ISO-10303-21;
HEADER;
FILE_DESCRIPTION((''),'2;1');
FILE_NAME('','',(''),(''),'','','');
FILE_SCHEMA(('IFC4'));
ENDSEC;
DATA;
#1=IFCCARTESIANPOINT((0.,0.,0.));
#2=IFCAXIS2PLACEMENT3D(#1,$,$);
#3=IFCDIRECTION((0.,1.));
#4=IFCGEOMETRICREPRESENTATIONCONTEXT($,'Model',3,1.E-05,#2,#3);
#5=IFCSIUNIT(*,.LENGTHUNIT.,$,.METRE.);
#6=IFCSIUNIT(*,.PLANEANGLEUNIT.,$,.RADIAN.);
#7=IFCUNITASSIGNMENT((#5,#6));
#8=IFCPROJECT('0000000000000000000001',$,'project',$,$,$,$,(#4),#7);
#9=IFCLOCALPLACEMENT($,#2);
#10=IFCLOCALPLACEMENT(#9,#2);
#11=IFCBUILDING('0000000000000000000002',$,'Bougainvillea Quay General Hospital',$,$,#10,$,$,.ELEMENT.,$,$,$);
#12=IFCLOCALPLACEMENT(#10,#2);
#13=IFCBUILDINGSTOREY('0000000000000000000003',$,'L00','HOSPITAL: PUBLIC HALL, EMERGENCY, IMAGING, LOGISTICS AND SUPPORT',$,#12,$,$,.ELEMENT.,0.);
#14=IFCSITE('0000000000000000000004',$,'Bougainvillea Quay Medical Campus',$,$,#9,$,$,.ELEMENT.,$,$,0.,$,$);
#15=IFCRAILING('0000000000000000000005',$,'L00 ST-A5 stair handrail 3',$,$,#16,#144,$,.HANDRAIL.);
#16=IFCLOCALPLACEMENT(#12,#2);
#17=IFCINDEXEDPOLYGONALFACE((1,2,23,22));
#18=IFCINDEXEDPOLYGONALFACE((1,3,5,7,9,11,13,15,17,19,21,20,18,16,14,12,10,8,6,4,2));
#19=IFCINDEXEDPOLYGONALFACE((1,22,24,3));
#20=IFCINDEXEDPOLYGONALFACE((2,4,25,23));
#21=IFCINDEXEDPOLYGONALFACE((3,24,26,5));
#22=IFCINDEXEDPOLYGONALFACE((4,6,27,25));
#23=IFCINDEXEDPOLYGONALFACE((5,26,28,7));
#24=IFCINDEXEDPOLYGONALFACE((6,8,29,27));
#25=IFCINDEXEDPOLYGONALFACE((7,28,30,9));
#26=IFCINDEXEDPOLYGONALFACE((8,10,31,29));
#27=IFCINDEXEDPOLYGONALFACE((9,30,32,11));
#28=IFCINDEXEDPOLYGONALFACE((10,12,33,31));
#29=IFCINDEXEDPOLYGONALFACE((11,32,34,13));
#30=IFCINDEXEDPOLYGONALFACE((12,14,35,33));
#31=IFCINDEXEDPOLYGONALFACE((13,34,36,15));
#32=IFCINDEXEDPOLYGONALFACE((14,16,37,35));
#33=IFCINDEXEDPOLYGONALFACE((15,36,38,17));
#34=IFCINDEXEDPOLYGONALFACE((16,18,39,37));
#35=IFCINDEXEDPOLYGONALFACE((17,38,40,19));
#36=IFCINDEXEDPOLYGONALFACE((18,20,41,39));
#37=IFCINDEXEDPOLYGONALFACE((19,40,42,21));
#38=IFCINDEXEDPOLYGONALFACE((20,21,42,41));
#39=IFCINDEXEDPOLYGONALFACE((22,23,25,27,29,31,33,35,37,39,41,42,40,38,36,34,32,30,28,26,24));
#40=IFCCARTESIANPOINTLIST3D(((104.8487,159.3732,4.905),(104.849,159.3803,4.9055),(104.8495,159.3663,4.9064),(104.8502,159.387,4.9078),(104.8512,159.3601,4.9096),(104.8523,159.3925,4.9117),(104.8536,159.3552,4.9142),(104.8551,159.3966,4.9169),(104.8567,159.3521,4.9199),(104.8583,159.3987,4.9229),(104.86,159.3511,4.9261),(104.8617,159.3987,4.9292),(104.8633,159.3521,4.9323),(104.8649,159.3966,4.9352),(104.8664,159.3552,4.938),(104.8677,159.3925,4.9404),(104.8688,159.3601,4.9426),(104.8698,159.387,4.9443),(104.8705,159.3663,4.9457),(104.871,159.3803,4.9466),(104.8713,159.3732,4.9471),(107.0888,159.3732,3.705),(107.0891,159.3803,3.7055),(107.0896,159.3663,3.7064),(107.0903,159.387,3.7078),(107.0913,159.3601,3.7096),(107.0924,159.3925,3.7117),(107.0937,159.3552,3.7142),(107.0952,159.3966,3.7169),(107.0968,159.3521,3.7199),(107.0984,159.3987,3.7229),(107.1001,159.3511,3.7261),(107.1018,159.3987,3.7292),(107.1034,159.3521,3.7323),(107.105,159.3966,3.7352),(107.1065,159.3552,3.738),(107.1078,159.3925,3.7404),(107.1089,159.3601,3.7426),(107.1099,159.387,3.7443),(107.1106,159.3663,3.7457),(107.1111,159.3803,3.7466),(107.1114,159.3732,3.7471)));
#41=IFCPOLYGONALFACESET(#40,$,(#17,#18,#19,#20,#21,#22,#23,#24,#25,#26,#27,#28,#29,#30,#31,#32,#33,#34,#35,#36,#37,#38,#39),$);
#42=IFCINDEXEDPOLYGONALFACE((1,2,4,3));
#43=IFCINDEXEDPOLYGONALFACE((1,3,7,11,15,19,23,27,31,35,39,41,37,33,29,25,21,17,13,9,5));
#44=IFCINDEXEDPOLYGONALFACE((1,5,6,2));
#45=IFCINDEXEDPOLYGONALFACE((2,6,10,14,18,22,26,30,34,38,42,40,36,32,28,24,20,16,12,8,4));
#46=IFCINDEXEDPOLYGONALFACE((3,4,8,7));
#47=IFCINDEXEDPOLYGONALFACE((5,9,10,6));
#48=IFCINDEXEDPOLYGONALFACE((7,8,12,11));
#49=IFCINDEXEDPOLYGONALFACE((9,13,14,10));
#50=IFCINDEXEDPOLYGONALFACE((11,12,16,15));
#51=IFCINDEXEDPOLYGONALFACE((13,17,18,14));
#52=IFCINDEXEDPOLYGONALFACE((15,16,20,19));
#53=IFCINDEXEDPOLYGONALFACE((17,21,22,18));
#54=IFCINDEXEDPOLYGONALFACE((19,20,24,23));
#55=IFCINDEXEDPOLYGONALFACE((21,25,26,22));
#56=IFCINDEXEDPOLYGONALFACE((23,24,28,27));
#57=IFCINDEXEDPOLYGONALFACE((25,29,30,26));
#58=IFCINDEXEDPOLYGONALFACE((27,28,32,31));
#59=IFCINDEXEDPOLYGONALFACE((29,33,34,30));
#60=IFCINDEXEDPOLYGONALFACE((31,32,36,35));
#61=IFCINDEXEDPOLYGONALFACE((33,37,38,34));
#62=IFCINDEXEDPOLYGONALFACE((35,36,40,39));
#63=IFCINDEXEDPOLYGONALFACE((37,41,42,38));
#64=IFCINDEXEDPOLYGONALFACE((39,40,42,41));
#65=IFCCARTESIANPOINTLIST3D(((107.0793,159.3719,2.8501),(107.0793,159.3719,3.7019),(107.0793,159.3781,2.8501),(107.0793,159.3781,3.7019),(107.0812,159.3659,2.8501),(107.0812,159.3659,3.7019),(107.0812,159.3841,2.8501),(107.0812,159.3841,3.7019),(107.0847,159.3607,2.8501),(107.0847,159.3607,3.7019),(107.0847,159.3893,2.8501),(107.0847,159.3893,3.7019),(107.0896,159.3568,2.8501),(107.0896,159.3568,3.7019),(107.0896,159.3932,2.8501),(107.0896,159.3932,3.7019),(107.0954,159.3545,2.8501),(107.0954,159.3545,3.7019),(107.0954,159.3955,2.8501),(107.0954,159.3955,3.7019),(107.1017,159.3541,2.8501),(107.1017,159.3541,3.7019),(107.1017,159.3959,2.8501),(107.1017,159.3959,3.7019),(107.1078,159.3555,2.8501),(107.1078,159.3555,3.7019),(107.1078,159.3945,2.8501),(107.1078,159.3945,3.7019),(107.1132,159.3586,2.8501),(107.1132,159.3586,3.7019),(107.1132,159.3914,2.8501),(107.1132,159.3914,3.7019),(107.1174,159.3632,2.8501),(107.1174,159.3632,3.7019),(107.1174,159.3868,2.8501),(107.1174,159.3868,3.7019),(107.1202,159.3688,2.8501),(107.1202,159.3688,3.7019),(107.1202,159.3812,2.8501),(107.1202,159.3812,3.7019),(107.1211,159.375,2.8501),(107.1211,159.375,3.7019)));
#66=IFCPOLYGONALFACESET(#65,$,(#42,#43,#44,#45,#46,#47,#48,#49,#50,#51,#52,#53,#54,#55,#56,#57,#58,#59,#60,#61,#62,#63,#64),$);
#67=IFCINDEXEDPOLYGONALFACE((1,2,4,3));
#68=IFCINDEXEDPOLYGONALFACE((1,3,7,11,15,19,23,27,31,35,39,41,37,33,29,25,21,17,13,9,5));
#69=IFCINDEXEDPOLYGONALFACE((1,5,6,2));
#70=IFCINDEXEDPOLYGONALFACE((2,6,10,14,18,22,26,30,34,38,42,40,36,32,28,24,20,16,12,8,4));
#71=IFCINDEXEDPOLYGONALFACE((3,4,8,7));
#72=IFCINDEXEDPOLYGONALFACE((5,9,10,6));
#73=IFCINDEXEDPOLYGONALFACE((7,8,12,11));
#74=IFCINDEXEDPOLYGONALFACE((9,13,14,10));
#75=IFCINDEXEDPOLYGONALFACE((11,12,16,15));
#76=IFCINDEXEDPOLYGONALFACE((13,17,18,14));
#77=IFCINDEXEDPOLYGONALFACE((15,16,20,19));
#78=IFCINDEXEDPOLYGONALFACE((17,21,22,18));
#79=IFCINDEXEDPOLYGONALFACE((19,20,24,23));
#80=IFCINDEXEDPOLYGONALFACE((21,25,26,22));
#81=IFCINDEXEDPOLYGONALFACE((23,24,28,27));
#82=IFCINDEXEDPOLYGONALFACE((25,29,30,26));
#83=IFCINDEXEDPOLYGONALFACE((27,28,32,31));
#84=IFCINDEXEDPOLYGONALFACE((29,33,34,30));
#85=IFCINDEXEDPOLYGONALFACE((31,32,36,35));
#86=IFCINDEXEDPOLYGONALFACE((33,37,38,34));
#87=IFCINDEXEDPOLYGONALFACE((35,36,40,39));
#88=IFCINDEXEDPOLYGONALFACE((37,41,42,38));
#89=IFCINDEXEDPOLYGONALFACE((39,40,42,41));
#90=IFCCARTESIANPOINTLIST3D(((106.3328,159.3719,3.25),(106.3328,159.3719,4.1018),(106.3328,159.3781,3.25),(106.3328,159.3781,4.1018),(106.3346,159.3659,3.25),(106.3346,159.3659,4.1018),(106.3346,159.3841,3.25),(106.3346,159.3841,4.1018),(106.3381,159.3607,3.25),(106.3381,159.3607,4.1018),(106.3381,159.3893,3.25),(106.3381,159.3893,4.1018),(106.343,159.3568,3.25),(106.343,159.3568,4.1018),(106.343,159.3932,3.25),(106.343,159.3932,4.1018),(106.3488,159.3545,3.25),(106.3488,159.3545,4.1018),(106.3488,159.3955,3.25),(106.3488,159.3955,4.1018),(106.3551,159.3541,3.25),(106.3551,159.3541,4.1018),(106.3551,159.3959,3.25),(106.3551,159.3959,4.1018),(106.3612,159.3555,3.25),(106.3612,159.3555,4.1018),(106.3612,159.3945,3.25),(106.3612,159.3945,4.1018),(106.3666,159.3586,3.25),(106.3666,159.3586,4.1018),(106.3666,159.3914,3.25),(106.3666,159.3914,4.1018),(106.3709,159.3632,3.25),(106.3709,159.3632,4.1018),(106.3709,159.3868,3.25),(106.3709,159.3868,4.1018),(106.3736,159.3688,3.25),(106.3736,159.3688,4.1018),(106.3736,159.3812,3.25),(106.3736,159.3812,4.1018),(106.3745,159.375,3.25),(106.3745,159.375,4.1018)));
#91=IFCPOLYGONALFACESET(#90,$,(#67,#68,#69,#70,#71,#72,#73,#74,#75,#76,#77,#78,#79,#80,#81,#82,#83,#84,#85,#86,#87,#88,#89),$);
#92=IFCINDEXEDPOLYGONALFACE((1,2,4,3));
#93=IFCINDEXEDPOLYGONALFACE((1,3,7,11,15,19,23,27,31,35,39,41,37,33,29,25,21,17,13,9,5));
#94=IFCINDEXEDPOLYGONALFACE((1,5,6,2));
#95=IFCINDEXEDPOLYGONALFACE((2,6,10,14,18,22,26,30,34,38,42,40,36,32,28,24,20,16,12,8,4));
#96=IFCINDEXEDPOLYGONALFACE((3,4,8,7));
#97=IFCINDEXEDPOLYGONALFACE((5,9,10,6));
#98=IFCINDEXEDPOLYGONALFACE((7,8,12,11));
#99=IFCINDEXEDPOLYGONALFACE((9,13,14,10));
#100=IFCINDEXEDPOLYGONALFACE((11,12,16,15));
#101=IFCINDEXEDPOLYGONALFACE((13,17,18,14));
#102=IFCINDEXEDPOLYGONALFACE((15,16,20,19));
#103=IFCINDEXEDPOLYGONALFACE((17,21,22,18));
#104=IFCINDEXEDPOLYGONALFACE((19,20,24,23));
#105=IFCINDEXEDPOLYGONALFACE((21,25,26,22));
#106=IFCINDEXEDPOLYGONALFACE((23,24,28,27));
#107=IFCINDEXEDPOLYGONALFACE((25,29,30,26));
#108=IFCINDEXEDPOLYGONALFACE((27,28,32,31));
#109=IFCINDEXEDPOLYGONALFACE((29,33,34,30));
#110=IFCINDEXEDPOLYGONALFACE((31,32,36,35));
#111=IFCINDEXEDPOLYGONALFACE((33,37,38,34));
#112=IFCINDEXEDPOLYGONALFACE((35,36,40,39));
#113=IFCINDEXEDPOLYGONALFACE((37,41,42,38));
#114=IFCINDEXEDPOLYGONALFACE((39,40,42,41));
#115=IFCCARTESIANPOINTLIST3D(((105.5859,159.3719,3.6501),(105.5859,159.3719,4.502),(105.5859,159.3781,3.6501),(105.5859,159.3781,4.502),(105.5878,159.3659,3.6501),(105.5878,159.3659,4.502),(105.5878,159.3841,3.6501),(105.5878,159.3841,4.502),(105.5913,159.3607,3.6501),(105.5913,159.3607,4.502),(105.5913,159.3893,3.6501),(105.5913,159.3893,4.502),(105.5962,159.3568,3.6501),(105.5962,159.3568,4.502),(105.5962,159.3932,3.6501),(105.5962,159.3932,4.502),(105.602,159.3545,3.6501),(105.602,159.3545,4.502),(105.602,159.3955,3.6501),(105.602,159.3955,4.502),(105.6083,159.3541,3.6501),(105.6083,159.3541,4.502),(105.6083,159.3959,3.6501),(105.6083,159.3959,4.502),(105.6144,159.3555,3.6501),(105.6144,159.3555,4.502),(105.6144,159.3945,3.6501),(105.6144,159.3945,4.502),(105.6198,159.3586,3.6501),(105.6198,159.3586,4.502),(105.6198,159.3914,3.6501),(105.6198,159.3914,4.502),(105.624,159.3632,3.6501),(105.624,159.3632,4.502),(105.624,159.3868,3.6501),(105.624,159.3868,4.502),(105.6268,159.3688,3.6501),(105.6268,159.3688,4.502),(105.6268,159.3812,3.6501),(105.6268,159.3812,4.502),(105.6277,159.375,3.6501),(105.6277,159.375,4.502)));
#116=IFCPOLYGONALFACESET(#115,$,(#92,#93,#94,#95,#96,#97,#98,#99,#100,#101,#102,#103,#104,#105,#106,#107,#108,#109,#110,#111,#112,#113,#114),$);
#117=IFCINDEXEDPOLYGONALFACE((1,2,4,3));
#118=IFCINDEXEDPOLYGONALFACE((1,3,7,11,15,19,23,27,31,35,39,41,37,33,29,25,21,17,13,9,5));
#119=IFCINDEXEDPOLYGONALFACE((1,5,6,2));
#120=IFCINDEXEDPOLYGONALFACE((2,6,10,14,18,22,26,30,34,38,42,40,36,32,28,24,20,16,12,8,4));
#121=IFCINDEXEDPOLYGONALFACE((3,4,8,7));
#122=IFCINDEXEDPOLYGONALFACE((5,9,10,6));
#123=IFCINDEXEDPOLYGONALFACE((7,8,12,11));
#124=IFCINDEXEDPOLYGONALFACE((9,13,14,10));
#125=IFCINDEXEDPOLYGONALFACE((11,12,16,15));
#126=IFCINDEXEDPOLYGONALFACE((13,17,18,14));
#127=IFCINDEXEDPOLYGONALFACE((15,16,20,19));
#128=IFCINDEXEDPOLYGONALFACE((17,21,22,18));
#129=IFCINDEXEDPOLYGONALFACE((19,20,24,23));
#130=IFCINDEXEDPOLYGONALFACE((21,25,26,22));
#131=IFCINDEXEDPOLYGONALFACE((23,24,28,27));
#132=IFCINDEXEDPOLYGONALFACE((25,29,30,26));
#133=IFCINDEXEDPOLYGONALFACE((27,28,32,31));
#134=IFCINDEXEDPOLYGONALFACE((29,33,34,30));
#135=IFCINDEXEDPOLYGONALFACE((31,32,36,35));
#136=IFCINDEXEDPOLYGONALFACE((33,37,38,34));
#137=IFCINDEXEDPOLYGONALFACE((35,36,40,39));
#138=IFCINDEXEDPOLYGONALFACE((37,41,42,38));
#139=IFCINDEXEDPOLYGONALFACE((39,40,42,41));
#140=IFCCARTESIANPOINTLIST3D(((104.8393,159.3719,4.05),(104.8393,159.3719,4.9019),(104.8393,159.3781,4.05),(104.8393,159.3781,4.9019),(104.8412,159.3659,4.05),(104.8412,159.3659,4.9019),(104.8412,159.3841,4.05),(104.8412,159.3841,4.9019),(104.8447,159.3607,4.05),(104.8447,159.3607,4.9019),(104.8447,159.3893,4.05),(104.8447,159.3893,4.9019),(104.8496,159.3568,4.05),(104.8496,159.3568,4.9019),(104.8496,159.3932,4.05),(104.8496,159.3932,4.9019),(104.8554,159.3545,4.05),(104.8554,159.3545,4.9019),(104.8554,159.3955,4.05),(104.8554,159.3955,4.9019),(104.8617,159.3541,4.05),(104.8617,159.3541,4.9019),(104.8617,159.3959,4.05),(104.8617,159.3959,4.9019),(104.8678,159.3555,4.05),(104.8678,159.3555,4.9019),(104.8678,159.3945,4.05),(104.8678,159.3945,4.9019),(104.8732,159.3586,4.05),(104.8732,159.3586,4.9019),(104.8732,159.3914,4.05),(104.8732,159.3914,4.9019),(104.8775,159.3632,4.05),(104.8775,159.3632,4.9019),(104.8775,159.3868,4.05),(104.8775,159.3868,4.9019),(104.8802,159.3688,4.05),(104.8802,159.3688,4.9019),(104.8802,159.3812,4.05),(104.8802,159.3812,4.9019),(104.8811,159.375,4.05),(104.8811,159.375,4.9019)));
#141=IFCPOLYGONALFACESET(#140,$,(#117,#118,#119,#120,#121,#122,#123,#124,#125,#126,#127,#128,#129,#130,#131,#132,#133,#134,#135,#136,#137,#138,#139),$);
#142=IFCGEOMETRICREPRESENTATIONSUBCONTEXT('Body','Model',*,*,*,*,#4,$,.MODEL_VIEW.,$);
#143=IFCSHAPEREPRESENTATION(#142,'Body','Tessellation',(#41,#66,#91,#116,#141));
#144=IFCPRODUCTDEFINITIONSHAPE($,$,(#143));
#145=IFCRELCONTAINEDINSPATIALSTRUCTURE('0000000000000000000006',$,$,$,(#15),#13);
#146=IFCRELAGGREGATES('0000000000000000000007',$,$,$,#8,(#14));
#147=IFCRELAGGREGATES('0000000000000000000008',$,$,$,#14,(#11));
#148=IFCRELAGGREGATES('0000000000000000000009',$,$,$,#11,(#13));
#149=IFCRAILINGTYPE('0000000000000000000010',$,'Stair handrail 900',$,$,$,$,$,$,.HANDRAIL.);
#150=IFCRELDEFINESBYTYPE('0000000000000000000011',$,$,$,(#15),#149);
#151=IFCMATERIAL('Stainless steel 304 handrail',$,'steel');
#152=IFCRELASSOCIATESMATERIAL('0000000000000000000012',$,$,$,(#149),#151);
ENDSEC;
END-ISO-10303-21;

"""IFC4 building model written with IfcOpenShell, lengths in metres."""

from ifc_helpers import new_model, si_unit, direction, frame, origin, origin_2d, place, context, subcontext, project, spatial, circle, extrude, material, type_object, element, save


model = new_model("IFC4")

# Units and contexts
model_context = context("Model", 3, precision=1e-05, world=origin(), true_north=direction((0.0, 1.0)))
body_context = subcontext(model_context, "Body", "Model", "MODEL_VIEW")
ifc_project = project(units=[si_unit("LENGTHUNIT", "METRE"), si_unit("PLANEANGLEUNIT", "RADIAN")], contexts=[model_context])

# Site, building, storey
site_placement = place(None, origin())
site = spatial("IfcSite", under=ifc_project, at=site_placement, Name="Bougainvillea Quay Medical Campus", CompositionType="ELEMENT", RefElevation=0.0)
building_placement = place(site_placement, origin())
building = spatial("IfcBuilding", under=site, at=building_placement, Name="Bougainvillea Quay General Hospital", CompositionType="ELEMENT")
storey_placement = place(building_placement, origin())
storey = spatial("IfcBuildingStorey", under=building, at=storey_placement, Name="L00", Description="HOSPITAL: PUBLIC HALL, EMERGENCY, IMAGING, LOGISTICS AND SUPPORT", CompositionType="ELEMENT", Elevation=0.0)

# Railing
ifc_material_1 = material(Name="Stainless steel 304 handrail", Category="steel")
railing_type_1 = type_object("IfcRailingType", Name="Stair handrail 900", PredefinedType="HANDRAIL", material=ifc_material_1)
railing_1_placement = place(storey_placement, frame((107.1001, 159.375, 2.8501)))
element("IfcRailing", 1, at=railing_1_placement, inside=storey, type_object=railing_type_1, Name="L00 ST-A5 stair handrail 3", PredefinedType="HANDRAIL", context=body_context, shape_type="SweptSolid", body=[
    extrude(circle(Radius=0.0239, at=origin_2d()), frame((0.0, 0.0, 0.876), z_axis=(-0.881487, 0.0, 0.472208), x_axis=(0.0, -1.0, 0.0)), (0.0, 0.0, 1.0), 2.5413),
    extrude(circle(Radius=0.021, at=origin_2d()), origin(), (0.0, 0.0, 1.0), 0.8518),
    extrude(circle(Radius=0.021, at=origin_2d()), frame((-0.7466, 0.0, 0.3999)), (0.0, 0.0, 1.0), 0.8518),
    extrude(circle(Radius=0.021, at=origin_2d()), frame((-1.4934, 0.0, 0.8)), (0.0, 0.0, 1.0), 0.8518),
    extrude(circle(Radius=0.021, at=origin_2d()), frame((-2.24, 0.0, 1.2)), (0.0, 0.0, 1.0), 0.8518),
])

save(model, "model.ifc")
